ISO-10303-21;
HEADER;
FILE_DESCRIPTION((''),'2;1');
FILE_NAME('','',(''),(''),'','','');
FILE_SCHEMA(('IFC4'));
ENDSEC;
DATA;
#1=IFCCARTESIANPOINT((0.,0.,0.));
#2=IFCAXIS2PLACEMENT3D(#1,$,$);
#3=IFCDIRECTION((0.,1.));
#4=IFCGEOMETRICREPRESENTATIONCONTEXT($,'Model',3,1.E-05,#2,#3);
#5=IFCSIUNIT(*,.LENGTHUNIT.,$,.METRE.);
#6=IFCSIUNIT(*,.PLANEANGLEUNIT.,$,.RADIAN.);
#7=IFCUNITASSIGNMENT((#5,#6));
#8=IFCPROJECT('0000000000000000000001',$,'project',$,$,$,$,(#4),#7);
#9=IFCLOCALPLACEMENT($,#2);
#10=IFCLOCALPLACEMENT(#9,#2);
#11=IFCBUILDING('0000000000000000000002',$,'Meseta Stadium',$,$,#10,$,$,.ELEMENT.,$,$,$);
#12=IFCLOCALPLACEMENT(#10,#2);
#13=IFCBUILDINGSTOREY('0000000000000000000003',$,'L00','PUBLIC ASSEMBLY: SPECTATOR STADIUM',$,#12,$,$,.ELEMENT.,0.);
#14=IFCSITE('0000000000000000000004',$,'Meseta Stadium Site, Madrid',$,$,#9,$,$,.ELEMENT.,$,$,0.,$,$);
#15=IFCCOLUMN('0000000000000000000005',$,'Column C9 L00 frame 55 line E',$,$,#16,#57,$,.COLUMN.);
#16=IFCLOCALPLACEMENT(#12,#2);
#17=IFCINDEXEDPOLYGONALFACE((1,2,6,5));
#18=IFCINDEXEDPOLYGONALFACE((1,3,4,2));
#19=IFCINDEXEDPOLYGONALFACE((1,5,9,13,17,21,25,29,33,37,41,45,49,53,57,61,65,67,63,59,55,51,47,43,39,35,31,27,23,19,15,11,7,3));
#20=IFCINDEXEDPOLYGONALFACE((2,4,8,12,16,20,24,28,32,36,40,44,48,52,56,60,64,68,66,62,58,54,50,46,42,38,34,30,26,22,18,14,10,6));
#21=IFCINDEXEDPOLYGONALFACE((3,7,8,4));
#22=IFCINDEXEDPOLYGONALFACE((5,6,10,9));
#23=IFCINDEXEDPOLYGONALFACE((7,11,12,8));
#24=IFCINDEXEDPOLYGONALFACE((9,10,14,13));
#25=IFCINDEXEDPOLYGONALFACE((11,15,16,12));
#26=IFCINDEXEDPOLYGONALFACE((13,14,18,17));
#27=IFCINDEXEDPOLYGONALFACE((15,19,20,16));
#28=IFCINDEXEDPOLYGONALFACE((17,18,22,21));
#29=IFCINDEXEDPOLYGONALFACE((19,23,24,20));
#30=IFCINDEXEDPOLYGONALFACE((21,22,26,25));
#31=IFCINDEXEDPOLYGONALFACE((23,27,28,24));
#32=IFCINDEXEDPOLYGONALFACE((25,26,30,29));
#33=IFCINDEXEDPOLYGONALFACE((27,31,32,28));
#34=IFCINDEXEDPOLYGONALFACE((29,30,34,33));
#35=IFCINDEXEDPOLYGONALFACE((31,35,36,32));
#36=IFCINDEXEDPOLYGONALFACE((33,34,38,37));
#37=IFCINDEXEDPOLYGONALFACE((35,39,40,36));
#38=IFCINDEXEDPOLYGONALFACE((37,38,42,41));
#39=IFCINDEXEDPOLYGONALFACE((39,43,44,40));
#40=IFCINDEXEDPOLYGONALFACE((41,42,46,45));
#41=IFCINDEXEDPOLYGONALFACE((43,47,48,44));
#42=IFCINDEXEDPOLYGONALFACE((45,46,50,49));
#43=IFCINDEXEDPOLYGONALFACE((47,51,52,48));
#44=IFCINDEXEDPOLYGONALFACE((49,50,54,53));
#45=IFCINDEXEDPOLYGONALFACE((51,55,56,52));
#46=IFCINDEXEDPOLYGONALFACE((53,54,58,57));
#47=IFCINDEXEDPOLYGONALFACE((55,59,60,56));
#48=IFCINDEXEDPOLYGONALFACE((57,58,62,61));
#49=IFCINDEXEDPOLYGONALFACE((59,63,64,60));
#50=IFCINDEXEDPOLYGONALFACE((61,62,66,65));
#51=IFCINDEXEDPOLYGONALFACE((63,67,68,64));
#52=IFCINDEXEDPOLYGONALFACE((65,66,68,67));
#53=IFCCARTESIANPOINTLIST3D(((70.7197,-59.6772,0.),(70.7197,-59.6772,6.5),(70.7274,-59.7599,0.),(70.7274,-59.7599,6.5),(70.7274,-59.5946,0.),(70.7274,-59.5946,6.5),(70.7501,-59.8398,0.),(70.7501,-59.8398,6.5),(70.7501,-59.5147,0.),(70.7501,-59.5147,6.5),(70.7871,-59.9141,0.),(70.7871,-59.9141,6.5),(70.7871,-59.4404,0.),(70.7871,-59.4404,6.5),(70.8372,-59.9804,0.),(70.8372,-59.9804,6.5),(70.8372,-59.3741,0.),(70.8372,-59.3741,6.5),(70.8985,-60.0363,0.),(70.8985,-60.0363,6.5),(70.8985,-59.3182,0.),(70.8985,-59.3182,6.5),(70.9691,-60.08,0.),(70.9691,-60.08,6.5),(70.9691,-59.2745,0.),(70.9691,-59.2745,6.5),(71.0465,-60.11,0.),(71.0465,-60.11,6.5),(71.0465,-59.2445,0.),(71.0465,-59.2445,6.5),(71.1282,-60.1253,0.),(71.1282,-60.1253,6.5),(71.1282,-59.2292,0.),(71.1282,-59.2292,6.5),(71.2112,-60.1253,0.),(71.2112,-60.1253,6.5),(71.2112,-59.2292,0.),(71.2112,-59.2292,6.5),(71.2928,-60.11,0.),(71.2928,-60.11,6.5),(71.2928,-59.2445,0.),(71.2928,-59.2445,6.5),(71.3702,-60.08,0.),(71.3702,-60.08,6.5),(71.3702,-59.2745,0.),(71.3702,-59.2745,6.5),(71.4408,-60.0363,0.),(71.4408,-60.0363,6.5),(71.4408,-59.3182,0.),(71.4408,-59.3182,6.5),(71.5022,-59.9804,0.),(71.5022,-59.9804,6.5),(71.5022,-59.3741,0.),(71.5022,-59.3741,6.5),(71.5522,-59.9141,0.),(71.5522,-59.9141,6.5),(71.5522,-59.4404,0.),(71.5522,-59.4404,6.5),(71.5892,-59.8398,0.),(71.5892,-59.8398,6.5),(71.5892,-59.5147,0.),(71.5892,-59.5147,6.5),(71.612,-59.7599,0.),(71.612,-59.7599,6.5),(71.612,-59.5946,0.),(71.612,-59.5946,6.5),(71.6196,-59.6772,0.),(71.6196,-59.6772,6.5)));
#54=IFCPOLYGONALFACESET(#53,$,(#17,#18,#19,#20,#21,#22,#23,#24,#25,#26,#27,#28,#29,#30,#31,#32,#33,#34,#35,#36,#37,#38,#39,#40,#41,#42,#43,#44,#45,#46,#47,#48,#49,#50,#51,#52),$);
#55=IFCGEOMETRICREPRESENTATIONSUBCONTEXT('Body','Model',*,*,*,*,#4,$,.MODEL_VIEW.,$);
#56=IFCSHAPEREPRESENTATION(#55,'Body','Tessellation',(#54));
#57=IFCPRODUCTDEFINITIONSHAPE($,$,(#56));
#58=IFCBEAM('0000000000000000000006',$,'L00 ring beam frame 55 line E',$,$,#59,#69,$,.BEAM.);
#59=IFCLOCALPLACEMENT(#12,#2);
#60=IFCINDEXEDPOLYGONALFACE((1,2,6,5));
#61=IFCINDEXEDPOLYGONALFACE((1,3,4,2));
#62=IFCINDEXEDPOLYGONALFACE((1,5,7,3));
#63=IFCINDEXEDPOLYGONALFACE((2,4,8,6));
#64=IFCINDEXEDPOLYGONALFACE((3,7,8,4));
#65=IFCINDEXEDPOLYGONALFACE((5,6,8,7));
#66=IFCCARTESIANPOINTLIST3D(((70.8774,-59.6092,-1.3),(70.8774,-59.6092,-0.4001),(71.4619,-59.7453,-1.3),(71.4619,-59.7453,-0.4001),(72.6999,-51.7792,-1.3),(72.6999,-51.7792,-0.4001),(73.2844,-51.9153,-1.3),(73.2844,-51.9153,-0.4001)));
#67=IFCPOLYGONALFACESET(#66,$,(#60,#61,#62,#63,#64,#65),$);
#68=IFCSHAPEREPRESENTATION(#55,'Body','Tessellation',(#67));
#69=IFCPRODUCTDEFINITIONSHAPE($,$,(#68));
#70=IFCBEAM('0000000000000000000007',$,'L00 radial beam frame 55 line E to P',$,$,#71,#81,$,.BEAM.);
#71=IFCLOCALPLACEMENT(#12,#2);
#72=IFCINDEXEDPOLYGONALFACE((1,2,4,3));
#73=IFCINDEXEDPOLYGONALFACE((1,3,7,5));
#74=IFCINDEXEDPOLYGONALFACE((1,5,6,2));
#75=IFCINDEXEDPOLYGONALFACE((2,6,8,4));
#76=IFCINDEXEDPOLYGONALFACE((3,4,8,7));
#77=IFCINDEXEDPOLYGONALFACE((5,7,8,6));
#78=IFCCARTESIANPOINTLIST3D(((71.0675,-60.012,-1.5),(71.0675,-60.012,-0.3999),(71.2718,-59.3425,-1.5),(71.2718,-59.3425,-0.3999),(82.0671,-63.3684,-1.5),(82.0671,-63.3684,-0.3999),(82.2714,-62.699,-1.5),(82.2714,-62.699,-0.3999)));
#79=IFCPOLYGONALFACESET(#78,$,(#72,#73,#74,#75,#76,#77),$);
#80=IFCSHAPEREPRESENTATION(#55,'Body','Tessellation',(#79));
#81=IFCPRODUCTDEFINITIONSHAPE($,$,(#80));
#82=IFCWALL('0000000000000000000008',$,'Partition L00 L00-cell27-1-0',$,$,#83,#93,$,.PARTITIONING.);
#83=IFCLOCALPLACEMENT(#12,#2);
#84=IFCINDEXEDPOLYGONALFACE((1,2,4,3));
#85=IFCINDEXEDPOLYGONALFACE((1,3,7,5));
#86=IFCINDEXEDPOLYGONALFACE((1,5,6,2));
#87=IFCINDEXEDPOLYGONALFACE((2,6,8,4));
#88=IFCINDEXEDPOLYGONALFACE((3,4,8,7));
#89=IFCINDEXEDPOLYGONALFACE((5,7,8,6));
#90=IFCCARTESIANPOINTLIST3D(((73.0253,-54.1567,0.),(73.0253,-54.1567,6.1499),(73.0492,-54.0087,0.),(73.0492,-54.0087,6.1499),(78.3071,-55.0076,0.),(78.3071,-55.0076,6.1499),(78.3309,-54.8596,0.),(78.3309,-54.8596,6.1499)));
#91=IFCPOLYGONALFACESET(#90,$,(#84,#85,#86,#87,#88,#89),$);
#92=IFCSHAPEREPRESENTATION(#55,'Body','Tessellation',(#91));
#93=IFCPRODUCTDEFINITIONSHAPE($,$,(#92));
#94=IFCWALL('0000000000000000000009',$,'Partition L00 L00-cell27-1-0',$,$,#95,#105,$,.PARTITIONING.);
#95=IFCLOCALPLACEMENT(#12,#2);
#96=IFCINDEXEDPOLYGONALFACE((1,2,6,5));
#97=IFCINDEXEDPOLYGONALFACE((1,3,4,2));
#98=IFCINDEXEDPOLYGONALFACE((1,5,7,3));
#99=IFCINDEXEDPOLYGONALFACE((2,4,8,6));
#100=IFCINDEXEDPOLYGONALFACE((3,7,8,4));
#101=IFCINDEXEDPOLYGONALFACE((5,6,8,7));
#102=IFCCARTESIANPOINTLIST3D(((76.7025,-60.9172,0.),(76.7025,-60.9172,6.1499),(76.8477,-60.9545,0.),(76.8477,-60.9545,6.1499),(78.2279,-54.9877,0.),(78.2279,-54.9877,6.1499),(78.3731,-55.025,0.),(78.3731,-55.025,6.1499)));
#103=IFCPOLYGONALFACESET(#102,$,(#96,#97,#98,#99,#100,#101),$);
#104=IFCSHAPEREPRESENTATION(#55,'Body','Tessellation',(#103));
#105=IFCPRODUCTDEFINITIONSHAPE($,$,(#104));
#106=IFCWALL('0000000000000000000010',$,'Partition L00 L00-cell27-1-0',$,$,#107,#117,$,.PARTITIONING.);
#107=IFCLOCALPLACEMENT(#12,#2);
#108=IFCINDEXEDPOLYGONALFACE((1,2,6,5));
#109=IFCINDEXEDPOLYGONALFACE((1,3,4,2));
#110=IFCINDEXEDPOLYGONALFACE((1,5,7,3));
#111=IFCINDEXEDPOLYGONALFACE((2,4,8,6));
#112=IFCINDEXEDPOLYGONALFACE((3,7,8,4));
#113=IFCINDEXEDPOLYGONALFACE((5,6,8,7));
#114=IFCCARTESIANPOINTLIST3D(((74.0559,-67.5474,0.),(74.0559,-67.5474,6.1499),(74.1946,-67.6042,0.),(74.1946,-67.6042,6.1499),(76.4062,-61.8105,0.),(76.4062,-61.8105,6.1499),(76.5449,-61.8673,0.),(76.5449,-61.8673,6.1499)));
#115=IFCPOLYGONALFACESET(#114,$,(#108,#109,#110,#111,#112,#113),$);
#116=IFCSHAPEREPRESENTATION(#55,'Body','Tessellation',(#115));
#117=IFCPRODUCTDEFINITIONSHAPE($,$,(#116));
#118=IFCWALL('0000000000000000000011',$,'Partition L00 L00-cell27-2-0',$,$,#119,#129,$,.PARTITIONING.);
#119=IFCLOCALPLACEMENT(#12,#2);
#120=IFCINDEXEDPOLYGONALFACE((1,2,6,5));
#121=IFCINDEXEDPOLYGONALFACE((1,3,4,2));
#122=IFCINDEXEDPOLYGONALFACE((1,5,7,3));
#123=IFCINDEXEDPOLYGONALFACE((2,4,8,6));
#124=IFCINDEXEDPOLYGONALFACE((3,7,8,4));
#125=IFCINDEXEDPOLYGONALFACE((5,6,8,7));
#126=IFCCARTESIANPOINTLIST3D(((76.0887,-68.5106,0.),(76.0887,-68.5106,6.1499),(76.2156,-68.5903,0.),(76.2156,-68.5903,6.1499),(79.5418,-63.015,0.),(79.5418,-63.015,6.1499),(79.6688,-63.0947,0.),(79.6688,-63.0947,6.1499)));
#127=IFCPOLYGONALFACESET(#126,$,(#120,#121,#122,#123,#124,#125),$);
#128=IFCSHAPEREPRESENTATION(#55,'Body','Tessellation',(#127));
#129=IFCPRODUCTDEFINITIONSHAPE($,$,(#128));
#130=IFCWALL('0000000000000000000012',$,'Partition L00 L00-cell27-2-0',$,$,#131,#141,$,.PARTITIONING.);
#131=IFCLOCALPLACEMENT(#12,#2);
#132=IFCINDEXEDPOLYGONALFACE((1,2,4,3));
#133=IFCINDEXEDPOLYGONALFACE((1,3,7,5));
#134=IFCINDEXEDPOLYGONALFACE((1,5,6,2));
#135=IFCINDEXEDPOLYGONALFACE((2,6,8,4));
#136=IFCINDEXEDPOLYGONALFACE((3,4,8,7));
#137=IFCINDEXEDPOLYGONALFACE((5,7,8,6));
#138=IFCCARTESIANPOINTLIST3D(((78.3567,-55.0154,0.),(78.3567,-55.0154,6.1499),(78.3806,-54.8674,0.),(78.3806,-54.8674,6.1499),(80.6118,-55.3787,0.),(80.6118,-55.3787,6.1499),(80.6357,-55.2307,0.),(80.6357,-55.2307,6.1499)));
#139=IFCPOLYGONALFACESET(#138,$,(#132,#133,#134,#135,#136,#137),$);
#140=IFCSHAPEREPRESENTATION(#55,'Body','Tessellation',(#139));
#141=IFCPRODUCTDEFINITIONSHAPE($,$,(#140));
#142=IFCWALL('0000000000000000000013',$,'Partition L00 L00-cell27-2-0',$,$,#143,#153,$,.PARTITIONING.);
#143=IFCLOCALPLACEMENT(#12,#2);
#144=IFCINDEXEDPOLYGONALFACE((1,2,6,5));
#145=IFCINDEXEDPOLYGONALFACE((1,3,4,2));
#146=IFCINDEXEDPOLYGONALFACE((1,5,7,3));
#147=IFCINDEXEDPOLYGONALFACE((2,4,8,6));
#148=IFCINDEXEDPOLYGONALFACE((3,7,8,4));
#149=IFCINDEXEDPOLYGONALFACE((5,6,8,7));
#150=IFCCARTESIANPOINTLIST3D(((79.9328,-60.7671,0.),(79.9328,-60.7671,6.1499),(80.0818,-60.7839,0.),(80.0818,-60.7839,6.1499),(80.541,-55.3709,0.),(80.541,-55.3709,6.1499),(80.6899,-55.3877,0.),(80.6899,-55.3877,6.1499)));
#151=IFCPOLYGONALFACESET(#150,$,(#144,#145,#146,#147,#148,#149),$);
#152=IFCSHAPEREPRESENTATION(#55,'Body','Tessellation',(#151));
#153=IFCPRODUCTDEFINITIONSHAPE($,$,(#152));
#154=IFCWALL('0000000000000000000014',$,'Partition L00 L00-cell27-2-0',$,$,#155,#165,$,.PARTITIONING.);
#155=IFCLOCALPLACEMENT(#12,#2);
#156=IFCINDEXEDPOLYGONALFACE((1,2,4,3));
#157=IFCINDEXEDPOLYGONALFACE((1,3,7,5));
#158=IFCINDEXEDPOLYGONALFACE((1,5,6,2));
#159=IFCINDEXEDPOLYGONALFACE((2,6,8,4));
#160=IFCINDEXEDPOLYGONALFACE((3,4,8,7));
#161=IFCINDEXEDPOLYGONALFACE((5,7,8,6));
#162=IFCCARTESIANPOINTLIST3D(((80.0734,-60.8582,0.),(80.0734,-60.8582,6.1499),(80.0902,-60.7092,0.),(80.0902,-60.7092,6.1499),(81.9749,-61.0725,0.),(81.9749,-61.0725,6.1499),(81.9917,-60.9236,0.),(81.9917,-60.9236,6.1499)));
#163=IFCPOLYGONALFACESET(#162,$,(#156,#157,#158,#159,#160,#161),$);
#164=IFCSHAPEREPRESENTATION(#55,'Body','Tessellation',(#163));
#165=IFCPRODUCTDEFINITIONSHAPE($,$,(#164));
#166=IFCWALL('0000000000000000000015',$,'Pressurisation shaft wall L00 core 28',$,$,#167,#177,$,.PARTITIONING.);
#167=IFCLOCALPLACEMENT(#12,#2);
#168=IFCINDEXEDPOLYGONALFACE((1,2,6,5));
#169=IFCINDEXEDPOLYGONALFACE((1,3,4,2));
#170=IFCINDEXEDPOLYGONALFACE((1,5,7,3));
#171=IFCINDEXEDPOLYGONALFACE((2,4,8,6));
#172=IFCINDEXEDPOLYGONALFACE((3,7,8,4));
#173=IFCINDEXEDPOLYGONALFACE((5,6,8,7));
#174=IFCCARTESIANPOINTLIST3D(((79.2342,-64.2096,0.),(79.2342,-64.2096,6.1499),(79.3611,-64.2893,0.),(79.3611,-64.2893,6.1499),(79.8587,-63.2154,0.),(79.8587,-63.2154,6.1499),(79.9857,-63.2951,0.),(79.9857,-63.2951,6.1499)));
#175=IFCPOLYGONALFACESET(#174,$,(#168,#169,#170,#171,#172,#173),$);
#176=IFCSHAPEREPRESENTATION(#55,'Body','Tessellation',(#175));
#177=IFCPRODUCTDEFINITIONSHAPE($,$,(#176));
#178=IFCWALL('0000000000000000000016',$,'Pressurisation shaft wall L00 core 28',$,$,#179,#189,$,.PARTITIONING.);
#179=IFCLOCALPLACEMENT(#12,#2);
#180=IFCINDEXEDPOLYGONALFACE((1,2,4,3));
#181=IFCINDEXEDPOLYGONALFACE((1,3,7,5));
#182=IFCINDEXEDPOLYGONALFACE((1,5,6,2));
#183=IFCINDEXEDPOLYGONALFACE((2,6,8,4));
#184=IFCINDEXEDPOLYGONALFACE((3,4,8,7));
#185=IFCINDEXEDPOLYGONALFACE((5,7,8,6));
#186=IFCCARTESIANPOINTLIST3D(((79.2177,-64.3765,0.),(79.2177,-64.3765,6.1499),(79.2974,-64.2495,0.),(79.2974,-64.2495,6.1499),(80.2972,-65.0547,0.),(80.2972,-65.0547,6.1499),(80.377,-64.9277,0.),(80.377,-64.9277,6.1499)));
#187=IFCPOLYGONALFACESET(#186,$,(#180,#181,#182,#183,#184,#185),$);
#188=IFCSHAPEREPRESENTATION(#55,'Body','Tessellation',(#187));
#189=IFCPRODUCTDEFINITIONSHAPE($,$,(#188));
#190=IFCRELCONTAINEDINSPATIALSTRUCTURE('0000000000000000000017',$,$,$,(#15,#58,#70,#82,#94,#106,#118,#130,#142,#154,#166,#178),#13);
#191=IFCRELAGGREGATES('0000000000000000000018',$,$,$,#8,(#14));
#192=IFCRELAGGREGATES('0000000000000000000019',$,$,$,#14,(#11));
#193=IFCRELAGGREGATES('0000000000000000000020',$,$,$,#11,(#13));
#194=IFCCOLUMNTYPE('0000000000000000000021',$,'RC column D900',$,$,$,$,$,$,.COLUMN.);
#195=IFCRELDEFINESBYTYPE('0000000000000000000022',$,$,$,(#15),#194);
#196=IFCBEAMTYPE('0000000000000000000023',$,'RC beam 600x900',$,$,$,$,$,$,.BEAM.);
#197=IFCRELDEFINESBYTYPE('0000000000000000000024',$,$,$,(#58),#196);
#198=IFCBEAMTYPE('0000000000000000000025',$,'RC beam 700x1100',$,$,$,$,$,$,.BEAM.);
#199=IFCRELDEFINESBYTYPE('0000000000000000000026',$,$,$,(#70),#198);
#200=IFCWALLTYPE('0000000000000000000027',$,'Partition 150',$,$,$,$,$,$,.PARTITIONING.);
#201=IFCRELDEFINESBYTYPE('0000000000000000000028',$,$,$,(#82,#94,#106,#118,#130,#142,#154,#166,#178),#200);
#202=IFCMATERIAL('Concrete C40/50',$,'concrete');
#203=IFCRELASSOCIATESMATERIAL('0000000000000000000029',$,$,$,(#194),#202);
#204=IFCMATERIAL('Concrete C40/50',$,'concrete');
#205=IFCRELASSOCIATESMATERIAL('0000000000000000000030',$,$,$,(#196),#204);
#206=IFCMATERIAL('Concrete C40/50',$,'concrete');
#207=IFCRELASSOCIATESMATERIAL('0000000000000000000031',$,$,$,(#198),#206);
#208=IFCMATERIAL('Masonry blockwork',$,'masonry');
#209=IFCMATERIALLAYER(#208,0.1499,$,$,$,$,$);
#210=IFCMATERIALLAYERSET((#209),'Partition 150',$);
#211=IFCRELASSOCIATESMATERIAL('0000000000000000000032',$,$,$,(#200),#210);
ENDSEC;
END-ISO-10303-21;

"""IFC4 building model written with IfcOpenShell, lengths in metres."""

from ifc_helpers import new_model, si_unit, direction, frame, frame_2d, origin, origin_2d, place, context, subcontext, project, spatial, rectangle, circle, extrude, material, layer, layer_set, material_profile, profile_set, type_object, element, save


model = new_model("IFC4")

# Units and contexts
model_context = context("Model", 3, precision=1e-05, world=origin(), true_north=direction((0.0, 1.0)))
body_context = subcontext(model_context, "Body", "Model", "MODEL_VIEW")
ifc_project = project(units=[si_unit("LENGTHUNIT", "METRE"), si_unit("PLANEANGLEUNIT", "RADIAN")], contexts=[model_context])

# Site, building, storey
site_placement = place(None, origin())
site = spatial("IfcSite", under=ifc_project, at=site_placement, Name="Meseta Stadium Site, Madrid", CompositionType="ELEMENT", RefElevation=0.0)
building_placement = place(site_placement, origin())
building = spatial("IfcBuilding", under=site, at=building_placement, Name="Meseta Stadium", CompositionType="ELEMENT")
storey_placement = place(building_placement, origin())
storey = spatial("IfcBuildingStorey", under=building, at=storey_placement, Name="L00", Description="PUBLIC ASSEMBLY: SPECTATOR STADIUM", CompositionType="ELEMENT", Elevation=0.0)

# Column
ifc_material_1 = material(Name="Concrete C40/50", Category="concrete")
ifc_material_profile_1 = material_profile(ifc_material_1, circle(Radius=0.45, at=origin_2d()), Name="RC D900")
ifc_profile_set_1 = profile_set([ifc_material_profile_1], Name="Concrete C40/50")
column_type = type_object("IfcColumnType", Name="RC column D900", PredefinedType="COLUMN", material=ifc_profile_set_1)
column_placement = place(storey_placement, frame((71.1697, -59.6772, 0.0), z_axis=(0.0, 0.0, 1.0), x_axis=(1.0, 0.0, 0.0)))
element("IfcColumn", 1, at=column_placement, inside=storey, type_object=column_type, Name="Column C9 L00 frame 55 line E", PredefinedType="COLUMN", context=body_context, shape_type="SweptSolid", body=[
    extrude(circle(Radius=0.45, at=origin_2d()), origin(), (0.0, 0.0, 1.0), 6.5),
])

# Beams
ifc_material_2 = material(Name="Concrete C40/50", Category="concrete")
ifc_material_profile_2 = material_profile(ifc_material_2, rectangle(XDim=0.6001, YDim=0.8999, at=origin_2d()), Name="RC 600x900")
ifc_profile_set_2 = profile_set([ifc_material_profile_2], Name="Concrete C40/50")
beam_type_1 = type_object("IfcBeamType", Name="RC beam 600x900", PredefinedType="BEAM", material=ifc_profile_set_2)
beam_1_placement = place(storey_placement, frame((71.1697, -59.6772, -0.8501), z_axis=(0.226698, 0.973965, 0.0), x_axis=(-0.973965, 0.226698, 0.0)))
element("IfcBeam", 2, at=beam_1_placement, inside=storey, type_object=beam_type_1, Name="L00 ring beam frame 55 line E", PredefinedType="BEAM", context=body_context, shape_type="SweptSolid", body=[
    extrude(rectangle(XDim=0.6001, YDim=0.8999, at=origin_2d()), origin(), (0.0, 0.0, 1.0), 8.0393),
])
ifc_material_3 = material(Name="Concrete C40/50", Category="concrete")
ifc_material_profile_3 = material_profile(ifc_material_3, rectangle(XDim=0.7, YDim=1.1001, at=origin_2d()), Name="RC 700x1100")
ifc_profile_set_3 = profile_set([ifc_material_profile_3], Name="Concrete C40/50")
beam_type_2 = type_object("IfcBeamType", Name="RC beam 700x1100", PredefinedType="BEAM", material=ifc_profile_set_3)
beam_2_placement = place(storey_placement, frame((71.1697, -59.6772, -0.95), z_axis=(0.956461, -0.291859, 0.0), x_axis=(0.291859, 0.956461, 0.0)))
element("IfcBeam", 3, at=beam_2_placement, inside=storey, type_object=beam_type_2, Name="L00 radial beam frame 55 line E to P", PredefinedType="BEAM", context=body_context, shape_type="SweptSolid", body=[
    extrude(rectangle(XDim=0.7, YDim=1.1001, at=origin_2d()), origin(), (0.0, 0.0, 1.0), 11.5002),
])

# Walls
ifc_material_4 = material(Name="Masonry blockwork", Category="masonry")
ifc_layer = layer(ifc_material_4, 0.1499)
ifc_layer_set = layer_set([ifc_layer], Name="Partition 150")
wall_type = type_object("IfcWallType", Name="Partition 150", PredefinedType="PARTITIONING", material=ifc_layer_set)
wall_1_placement = place(storey_placement, frame((73.0374, -54.0828, 0.0), z_axis=(0.0, 0.0, 1.0), x_axis=(0.987272, -0.159039, 0.0)))
element("IfcWall", 4, at=wall_1_placement, inside=storey, type_object=wall_type, Name="Partition L00 L00-cell27-1-0", PredefinedType="PARTITIONING", context=body_context, shape_type="SweptSolid", body=[
    extrude(rectangle(XDim=5.3499, YDim=0.1499, at=frame_2d((2.6748, 0.0))), origin(), (0.0, 0.0, 1.0), 6.1499),
])
wall_2_placement = place(storey_placement, frame((78.3005, -55.0063, 0.0), z_axis=(0.0, 0.0, 1.0), x_axis=(-0.249145, -0.968466, 0.0)))
element("IfcWall", 5, at=wall_2_placement, inside=storey, type_object=wall_type, Name="Partition L00 L00-cell27-1-0", PredefinedType="PARTITIONING", context=body_context, shape_type="SweptSolid", body=[
    extrude(rectangle(XDim=6.1226, YDim=0.1499, at=frame_2d((3.0613, 0.0))), origin(), (0.0, 0.0, 1.0), 6.1499),
])
wall_3_placement = place(storey_placement, frame((76.4756, -61.8389, 0.0), z_axis=(0.0, 0.0, 1.0), x_axis=(-0.379111, -0.925351, 0.0)))
element("IfcWall", 6, at=wall_3_placement, inside=storey, type_object=wall_type, Name="Partition L00 L00-cell27-1-0", PredefinedType="PARTITIONING", context=body_context, shape_type="SweptSolid", body=[
    extrude(rectangle(XDim=6.1997, YDim=0.1499, at=frame_2d((3.0999, 0.0))), origin(), (0.0, 0.0, 1.0), 6.1499),
])
wall_4_placement = place(storey_placement, frame((79.6052, -63.0549, 0.0), z_axis=(0.0, 0.0, 1.0), x_axis=(-0.532033, -0.846724, 0.0)))
element("IfcWall", 7, at=wall_4_placement, inside=storey, type_object=wall_type, Name="Partition L00 L00-cell27-2-0", PredefinedType="PARTITIONING", context=body_context, shape_type="SweptSolid", body=[
    extrude(rectangle(XDim=6.4905, YDim=0.1499, at=frame_2d((3.2451, 0.0))), origin(), (0.0, 0.0, 1.0), 6.1499),
])
wall_5_placement = place(storey_placement, frame((78.3687, -54.9414, 0.0), z_axis=(0.0, 0.0, 1.0), x_axis=(0.987272, -0.159041, 0.0)))
element("IfcWall", 8, at=wall_5_placement, inside=storey, type_object=wall_type, Name="Partition L00 L00-cell27-2-0", PredefinedType="PARTITIONING", context=body_context, shape_type="SweptSolid", body=[
    extrude(rectangle(XDim=2.2842, YDim=0.1499, at=frame_2d((1.1421, 0.0))), origin(), (0.0, 0.0, 1.0), 6.1499),
])
wall_6_placement = place(storey_placement, frame((80.6155, -55.3792, 0.0), z_axis=(0.0, 0.0, 1.0), x_axis=(-0.111991, -0.993709, 0.0)))
element("IfcWall", 9, at=wall_6_placement, inside=storey, type_object=wall_type, Name="Partition L00 L00-cell27-2-0", PredefinedType="PARTITIONING", context=body_context, shape_type="SweptSolid", body=[
    extrude(rectangle(XDim=5.4304, YDim=0.1499, at=frame_2d((2.7153, 0.0))), origin(), (0.0, 0.0, 1.0), 6.1499),
])
wall_7_placement = place(storey_placement, frame((80.0818, -60.7837, 0.0), z_axis=(0.0, 0.0, 1.0), x_axis=(0.993707, -0.112014, 0.0)))
element("IfcWall", 10, at=wall_7_placement, inside=storey, type_object=wall_type, Name="Partition L00 L00-cell27-2-0", PredefinedType="PARTITIONING", context=body_context, shape_type="SweptSolid", body=[
    extrude(rectangle(XDim=1.9136, YDim=0.1499, at=frame_2d((0.9568, 0.0))), origin(), (0.0, 0.0, 1.0), 6.1499),
])
wall_8_placement = place(storey_placement, frame((79.9221, -63.2554, 0.0), z_axis=(0.0, 0.0, 1.0), x_axis=(-0.531942, -0.846781, 0.0)))
element("IfcWall", 11, at=wall_8_placement, inside=storey, type_object=wall_type, Name="Pressurisation shaft wall L00 core 28", PredefinedType="PARTITIONING", context=body_context, shape_type="SweptSolid", body=[
    extrude(rectangle(XDim=1.1741, YDim=0.1499, at=frame_2d((0.5869, 0.0))), origin(), (0.0, 0.0, 1.0), 6.1499),
])
wall_9_placement = place(storey_placement, frame((79.2576, -64.313, 0.0), z_axis=(0.0, 0.0, 1.0), x_axis=(0.84677, -0.53196, 0.0)))
element("IfcWall", 12, at=wall_9_placement, inside=storey, type_object=wall_type, Name="Pressurisation shaft wall L00 core 28", PredefinedType="PARTITIONING", context=body_context, shape_type="SweptSolid", body=[
    extrude(rectangle(XDim=1.2749, YDim=0.1499, at=frame_2d((0.6375, 0.0))), origin(), (0.0, 0.0, 1.0), 6.1499),
])

save(model, "model.ifc")
